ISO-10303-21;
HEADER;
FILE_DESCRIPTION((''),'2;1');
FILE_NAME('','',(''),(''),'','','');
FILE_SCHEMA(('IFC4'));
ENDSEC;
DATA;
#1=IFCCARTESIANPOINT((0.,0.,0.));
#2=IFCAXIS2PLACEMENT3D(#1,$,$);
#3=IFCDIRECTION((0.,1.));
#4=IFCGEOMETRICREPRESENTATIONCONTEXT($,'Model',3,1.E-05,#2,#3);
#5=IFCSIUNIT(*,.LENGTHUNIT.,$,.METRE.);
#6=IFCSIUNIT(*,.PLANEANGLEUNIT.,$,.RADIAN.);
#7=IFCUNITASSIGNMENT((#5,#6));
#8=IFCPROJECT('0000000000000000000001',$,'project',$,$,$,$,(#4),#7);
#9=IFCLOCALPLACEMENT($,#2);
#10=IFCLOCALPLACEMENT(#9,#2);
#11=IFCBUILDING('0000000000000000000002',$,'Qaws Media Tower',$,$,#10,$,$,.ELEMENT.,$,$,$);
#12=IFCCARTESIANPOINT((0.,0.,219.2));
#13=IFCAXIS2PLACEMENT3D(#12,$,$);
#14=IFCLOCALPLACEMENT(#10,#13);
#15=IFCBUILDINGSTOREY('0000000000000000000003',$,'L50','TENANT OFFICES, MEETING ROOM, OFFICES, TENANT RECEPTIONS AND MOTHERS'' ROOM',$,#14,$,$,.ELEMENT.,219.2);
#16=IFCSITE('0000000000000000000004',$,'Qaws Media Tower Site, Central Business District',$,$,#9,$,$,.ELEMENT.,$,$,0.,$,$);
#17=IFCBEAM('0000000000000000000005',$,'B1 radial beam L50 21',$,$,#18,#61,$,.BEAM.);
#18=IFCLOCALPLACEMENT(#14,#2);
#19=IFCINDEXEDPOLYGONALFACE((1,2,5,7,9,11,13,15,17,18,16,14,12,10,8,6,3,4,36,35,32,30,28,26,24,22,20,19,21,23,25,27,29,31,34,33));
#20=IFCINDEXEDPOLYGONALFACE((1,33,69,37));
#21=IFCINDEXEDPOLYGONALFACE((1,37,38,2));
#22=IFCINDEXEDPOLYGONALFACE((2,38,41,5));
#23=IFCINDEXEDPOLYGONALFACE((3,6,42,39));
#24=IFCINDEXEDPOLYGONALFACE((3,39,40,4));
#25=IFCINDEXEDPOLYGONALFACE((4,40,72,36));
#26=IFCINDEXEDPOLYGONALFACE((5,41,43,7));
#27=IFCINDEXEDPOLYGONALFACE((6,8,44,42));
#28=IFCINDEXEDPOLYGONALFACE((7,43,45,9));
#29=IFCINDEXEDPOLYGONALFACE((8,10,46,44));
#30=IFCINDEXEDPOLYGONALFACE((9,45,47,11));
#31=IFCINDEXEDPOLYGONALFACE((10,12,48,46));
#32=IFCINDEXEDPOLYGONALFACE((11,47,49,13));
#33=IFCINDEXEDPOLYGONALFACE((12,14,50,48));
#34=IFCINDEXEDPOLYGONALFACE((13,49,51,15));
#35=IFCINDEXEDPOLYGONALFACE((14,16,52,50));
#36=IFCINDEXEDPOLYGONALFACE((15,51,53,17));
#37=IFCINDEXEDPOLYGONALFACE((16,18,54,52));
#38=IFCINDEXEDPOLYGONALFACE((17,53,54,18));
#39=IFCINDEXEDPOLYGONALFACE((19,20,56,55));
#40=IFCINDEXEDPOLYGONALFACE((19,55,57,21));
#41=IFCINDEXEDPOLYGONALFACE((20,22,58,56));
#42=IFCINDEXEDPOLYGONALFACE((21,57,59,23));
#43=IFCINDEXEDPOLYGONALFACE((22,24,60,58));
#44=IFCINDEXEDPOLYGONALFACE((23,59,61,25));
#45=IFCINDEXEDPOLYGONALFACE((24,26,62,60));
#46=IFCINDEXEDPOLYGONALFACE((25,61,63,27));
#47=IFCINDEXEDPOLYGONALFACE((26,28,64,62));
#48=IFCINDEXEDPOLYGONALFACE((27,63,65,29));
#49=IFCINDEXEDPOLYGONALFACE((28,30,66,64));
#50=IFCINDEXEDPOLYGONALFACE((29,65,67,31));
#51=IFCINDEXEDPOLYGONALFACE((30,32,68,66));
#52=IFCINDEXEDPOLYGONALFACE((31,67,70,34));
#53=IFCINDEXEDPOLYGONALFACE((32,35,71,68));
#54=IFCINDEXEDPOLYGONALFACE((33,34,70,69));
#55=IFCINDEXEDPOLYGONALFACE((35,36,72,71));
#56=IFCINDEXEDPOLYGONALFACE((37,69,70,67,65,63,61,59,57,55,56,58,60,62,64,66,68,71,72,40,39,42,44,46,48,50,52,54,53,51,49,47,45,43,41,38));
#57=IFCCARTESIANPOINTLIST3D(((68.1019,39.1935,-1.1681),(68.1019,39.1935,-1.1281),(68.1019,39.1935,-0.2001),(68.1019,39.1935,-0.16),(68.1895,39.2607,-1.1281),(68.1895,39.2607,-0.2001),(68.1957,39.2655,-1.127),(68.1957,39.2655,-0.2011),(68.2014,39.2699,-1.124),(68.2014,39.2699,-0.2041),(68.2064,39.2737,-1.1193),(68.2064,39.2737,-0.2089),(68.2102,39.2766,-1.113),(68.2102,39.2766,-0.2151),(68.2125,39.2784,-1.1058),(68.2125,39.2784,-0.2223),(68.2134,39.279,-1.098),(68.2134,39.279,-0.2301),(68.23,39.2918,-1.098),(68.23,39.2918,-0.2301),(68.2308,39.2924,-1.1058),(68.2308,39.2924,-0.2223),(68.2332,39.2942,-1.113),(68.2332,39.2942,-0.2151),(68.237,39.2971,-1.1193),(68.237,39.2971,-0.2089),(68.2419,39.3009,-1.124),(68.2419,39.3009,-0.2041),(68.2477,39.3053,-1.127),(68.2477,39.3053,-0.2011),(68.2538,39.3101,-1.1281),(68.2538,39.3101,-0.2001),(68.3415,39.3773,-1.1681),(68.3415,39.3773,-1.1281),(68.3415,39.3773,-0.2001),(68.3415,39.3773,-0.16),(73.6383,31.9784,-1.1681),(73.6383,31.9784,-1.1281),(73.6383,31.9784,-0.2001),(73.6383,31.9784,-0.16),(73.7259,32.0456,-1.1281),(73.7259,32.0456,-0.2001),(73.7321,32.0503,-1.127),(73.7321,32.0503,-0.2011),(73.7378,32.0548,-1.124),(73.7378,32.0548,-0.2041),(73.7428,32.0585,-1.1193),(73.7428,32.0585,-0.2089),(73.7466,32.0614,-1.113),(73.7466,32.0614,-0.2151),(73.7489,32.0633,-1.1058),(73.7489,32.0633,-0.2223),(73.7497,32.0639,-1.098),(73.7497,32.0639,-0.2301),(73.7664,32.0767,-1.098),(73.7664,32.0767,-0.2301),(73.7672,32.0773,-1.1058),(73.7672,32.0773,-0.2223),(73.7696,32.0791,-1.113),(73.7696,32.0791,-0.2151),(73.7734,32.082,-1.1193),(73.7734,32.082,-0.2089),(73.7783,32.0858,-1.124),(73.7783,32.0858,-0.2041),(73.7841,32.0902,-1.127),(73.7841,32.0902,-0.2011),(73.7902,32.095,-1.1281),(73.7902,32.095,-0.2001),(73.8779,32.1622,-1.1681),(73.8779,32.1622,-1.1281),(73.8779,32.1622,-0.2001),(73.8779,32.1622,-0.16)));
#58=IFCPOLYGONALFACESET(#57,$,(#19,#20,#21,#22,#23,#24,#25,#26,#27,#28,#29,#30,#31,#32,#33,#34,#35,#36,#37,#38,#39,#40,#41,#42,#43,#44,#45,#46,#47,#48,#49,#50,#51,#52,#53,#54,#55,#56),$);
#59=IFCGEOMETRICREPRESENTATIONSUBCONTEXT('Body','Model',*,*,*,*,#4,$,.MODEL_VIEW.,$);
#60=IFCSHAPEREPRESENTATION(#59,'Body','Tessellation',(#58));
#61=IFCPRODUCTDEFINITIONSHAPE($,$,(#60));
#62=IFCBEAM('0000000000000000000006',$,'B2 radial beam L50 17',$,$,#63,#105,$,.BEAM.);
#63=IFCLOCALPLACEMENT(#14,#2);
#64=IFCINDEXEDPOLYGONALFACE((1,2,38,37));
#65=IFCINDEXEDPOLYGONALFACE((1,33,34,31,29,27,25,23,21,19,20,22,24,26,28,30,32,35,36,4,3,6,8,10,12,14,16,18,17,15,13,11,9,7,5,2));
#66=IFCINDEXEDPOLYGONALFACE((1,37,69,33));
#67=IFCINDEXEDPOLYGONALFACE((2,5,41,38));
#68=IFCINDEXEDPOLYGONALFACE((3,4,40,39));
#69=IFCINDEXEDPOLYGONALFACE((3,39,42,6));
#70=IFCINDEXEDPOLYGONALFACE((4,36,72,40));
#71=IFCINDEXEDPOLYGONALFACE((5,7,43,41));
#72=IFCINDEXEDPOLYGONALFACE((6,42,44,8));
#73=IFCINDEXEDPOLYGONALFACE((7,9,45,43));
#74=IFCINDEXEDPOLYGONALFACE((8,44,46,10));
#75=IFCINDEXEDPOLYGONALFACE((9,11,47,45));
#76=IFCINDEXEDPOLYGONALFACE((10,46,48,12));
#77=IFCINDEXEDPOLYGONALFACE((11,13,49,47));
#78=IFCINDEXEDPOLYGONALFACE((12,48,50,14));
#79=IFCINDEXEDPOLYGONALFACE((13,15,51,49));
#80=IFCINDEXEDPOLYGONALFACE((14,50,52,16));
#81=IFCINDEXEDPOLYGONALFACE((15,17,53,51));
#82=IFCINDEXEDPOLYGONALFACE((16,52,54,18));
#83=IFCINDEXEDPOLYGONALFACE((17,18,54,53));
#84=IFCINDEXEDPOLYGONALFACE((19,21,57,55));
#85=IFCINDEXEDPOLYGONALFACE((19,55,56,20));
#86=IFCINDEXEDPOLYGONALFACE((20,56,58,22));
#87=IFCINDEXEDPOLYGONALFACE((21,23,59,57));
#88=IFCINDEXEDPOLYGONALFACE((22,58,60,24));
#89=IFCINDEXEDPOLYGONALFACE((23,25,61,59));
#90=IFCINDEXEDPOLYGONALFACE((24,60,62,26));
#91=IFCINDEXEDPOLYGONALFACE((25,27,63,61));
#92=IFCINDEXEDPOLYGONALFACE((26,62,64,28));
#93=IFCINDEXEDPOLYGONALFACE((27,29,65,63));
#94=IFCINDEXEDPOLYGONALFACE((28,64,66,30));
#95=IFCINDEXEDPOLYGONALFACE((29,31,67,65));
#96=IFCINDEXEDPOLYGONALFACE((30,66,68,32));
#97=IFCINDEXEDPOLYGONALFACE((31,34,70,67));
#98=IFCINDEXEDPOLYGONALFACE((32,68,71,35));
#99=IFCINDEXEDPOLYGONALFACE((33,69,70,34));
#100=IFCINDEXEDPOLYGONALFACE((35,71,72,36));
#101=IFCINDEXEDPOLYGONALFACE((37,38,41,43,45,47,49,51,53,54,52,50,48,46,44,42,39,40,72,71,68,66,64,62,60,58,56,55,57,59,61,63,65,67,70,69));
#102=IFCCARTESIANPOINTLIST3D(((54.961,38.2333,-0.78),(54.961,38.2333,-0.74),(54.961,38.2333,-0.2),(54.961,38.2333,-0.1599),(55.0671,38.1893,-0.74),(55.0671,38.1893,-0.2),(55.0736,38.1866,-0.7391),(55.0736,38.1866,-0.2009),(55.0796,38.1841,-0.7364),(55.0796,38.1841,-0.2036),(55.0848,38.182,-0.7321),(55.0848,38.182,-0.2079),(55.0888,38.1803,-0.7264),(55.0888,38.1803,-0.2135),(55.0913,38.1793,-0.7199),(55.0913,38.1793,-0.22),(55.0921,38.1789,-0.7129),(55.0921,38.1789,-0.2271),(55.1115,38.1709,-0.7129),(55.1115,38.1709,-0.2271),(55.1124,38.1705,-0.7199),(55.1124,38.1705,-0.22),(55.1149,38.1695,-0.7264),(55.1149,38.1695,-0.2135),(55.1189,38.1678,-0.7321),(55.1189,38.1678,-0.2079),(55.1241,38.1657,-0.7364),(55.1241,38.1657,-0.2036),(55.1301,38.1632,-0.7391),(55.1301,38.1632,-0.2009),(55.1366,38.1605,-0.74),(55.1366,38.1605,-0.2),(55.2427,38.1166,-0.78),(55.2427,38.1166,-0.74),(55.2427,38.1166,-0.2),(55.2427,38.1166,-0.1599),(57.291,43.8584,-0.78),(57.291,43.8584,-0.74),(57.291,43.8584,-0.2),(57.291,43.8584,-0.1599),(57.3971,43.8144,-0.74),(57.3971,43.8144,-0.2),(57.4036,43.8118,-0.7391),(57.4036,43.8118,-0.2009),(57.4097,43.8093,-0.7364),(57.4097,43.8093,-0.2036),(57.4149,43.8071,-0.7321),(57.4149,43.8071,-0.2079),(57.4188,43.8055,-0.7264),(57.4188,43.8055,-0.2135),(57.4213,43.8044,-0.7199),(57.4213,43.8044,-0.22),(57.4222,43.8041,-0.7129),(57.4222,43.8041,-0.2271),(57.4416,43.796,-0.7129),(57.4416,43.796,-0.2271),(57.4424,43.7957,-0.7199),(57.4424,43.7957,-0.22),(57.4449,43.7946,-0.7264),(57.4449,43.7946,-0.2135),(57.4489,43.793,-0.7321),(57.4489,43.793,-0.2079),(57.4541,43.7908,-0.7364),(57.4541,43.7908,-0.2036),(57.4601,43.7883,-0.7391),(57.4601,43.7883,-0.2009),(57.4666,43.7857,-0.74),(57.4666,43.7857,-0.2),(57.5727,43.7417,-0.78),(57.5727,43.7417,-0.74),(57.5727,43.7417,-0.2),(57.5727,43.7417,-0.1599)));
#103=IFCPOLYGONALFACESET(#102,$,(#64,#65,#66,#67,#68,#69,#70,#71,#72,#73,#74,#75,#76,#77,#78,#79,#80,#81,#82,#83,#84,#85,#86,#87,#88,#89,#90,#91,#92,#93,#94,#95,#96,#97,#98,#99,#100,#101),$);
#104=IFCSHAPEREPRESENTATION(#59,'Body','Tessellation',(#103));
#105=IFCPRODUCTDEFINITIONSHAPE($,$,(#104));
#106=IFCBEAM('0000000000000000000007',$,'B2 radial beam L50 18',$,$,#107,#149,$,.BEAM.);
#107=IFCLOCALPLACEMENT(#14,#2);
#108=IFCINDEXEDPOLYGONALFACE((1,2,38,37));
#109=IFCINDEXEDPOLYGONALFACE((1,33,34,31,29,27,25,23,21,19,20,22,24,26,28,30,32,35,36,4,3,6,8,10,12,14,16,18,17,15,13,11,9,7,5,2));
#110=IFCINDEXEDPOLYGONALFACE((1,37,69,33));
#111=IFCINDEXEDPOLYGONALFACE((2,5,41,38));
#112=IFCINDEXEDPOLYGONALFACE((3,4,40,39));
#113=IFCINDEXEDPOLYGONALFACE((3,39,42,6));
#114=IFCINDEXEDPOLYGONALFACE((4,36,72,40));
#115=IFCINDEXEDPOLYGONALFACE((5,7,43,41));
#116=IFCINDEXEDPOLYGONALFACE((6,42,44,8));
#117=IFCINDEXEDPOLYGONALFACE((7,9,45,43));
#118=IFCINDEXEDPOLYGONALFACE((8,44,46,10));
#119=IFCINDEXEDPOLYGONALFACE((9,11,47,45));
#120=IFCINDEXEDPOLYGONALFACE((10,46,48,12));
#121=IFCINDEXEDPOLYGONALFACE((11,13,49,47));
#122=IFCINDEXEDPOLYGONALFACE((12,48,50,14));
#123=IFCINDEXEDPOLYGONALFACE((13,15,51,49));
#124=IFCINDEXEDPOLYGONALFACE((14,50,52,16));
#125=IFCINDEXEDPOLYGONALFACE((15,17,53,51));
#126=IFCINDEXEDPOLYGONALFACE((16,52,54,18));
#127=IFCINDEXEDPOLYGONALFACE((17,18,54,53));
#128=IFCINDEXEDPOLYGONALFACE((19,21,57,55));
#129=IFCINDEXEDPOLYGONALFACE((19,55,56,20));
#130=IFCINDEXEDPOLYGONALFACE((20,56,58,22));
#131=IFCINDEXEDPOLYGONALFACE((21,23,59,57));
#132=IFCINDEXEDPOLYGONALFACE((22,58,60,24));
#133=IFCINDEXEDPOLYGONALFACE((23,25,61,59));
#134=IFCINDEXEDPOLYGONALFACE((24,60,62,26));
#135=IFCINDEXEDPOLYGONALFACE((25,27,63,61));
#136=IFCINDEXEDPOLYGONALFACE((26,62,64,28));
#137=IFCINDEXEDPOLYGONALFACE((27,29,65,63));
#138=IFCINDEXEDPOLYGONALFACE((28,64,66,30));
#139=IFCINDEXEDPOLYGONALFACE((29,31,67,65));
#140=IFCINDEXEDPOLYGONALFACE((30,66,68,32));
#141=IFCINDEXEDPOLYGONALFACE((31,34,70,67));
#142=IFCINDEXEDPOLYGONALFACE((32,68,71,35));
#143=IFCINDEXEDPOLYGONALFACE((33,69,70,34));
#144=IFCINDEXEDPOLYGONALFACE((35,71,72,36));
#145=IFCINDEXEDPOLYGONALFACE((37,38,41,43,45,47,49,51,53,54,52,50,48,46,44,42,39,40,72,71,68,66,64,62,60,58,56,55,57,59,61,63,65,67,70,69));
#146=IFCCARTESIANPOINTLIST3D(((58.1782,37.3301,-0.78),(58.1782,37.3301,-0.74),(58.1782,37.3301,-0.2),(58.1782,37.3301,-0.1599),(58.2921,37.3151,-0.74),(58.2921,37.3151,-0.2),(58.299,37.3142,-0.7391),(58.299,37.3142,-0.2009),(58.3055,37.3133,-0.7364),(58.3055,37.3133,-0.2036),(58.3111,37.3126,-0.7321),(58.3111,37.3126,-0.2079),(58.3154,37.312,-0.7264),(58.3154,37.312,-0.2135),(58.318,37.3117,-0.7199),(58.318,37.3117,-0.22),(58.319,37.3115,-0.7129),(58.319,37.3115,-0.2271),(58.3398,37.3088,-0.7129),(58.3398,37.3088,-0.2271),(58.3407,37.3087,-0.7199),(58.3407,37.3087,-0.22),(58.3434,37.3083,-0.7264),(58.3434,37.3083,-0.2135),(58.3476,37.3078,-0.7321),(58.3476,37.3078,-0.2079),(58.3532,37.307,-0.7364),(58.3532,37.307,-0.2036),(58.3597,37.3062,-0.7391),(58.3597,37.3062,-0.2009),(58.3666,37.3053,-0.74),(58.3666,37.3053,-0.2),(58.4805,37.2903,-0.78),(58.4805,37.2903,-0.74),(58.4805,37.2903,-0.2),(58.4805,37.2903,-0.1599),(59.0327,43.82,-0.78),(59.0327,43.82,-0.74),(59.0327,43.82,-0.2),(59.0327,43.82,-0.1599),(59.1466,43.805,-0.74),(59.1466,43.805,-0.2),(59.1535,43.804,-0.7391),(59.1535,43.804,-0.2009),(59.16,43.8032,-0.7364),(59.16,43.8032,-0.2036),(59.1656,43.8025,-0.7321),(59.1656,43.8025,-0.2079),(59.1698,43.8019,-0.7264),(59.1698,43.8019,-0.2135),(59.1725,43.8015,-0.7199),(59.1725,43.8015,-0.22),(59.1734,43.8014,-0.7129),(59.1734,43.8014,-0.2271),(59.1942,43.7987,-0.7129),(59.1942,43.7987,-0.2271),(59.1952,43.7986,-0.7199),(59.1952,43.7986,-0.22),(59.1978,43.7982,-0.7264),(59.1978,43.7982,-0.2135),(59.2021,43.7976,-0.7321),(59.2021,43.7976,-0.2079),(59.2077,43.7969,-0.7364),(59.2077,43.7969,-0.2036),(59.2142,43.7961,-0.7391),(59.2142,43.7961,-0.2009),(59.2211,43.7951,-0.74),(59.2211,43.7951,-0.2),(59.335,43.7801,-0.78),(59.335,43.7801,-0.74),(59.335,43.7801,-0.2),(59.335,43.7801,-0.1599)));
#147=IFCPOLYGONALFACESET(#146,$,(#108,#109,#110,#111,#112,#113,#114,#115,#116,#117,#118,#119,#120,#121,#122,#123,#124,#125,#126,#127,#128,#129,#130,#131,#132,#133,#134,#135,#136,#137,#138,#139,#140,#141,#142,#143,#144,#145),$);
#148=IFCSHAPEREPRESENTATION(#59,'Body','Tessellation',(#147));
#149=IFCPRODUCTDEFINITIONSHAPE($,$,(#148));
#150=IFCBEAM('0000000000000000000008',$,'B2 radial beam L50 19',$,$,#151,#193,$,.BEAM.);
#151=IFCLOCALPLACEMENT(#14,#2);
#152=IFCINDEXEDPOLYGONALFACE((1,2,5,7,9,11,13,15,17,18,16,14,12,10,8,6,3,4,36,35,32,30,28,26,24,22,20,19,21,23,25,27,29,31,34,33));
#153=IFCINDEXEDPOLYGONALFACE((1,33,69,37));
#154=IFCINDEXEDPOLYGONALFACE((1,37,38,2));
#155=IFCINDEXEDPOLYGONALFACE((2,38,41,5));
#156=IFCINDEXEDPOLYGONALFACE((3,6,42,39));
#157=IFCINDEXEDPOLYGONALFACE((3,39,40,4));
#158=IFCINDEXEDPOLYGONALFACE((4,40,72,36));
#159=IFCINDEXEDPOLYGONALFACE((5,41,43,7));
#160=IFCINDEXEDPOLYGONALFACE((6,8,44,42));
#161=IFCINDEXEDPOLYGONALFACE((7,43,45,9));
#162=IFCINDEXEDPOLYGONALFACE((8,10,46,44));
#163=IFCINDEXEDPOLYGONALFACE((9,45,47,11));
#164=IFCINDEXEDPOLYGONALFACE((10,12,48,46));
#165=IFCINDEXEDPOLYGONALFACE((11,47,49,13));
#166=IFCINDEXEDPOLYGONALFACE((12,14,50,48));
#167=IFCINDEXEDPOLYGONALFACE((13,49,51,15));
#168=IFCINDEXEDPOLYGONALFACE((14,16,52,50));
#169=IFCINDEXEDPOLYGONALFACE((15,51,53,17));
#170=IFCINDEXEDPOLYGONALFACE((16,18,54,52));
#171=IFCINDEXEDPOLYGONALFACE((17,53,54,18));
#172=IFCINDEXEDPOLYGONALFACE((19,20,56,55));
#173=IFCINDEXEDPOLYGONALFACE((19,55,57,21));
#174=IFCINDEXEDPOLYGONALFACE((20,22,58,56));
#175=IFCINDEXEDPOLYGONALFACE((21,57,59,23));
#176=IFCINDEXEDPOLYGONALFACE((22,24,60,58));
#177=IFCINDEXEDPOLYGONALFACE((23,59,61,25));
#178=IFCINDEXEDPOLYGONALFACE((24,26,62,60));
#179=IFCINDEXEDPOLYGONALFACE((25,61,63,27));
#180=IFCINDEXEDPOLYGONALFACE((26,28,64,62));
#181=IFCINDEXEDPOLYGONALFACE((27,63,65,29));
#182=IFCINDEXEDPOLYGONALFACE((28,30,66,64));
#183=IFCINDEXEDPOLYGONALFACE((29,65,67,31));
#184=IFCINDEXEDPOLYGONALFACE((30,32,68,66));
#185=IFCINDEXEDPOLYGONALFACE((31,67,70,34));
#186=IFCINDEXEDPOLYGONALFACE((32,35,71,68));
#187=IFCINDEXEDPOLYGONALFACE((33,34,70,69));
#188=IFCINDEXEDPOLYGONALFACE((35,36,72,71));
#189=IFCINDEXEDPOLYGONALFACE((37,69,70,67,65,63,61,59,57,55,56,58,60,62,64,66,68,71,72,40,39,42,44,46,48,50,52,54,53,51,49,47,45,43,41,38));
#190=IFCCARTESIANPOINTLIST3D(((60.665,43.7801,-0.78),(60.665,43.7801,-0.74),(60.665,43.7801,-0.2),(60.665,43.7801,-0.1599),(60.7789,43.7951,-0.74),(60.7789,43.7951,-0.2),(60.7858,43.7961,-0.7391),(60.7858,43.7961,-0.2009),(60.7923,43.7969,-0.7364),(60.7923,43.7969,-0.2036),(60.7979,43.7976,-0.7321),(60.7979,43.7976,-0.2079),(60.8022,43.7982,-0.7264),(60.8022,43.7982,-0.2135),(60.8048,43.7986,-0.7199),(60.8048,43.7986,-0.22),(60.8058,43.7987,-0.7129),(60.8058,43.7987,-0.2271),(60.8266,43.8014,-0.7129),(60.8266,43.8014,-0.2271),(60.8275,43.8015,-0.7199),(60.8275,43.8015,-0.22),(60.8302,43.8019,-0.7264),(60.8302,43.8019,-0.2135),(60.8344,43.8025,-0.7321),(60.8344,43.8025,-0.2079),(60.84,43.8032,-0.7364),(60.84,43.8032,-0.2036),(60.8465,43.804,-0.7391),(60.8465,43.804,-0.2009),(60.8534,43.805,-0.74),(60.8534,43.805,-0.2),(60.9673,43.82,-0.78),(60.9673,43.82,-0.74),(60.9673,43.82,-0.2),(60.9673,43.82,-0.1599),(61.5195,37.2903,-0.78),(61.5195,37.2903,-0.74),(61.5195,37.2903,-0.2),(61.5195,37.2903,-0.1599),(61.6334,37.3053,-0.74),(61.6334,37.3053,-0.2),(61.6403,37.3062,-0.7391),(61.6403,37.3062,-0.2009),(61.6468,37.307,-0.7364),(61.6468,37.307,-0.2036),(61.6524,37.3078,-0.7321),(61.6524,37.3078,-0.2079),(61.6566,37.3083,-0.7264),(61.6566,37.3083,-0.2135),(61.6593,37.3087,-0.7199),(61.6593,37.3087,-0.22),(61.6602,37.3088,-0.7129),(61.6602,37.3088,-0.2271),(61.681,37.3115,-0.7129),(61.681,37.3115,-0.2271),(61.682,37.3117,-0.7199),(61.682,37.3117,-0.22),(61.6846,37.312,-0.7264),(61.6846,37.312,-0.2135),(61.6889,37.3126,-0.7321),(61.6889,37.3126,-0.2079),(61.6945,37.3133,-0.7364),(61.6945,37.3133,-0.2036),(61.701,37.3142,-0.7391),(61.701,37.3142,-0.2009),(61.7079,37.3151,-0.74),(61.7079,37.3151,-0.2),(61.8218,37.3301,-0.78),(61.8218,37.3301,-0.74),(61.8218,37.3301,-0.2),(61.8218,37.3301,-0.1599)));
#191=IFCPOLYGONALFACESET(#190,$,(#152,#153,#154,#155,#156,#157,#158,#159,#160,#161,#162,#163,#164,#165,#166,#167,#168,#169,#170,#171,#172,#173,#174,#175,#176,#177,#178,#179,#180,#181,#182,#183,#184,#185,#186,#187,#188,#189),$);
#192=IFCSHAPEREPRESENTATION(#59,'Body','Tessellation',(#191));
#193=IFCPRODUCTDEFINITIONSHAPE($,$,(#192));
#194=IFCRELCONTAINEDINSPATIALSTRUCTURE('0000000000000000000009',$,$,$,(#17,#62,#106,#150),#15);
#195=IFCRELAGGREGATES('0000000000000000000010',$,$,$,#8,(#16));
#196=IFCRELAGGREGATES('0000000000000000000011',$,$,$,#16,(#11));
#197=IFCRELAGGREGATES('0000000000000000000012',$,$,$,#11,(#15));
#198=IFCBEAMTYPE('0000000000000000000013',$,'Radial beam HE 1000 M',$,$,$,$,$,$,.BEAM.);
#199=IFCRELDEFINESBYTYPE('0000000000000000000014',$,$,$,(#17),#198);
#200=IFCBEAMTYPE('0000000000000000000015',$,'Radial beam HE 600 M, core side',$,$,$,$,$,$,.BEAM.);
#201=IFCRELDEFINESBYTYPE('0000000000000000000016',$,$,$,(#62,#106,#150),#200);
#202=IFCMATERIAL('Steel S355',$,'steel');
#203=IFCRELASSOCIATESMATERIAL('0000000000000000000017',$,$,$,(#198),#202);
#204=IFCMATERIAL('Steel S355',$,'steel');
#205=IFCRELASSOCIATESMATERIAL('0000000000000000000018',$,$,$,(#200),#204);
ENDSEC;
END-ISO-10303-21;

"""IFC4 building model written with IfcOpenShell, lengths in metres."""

from ifc_helpers import new_model, si_unit, direction, frame, origin, origin_2d, place, context, subcontext, project, spatial, i_section, extrude, material, material_profile, profile_set, type_object, element, save


model = new_model("IFC4")

# Units and contexts
model_context = context("Model", 3, precision=1e-05, world=origin(), true_north=direction((0.0, 1.0)))
body_context = subcontext(model_context, "Body", "Model", "MODEL_VIEW")
ifc_project = project(units=[si_unit("LENGTHUNIT", "METRE"), si_unit("PLANEANGLEUNIT", "RADIAN")], contexts=[model_context])

# Site, building, storey
site_placement = place(None, origin())
site = spatial("IfcSite", under=ifc_project, at=site_placement, Name="Qaws Media Tower Site, Central Business District", CompositionType="ELEMENT", RefElevation=0.0)
building_placement = place(site_placement, origin())
building = spatial("IfcBuilding", under=site, at=building_placement, Name="Qaws Media Tower", CompositionType="ELEMENT")
storey_placement = place(building_placement, frame((0.0, 0.0, 219.2)))
storey = spatial("IfcBuildingStorey", under=building, at=storey_placement, Name="L50", Description="TENANT OFFICES, MEETING ROOM, OFFICES, TENANT RECEPTIONS AND MOTHERS' ROOM", CompositionType="ELEMENT", Elevation=219.2)

# Beams
ifc_material_1 = material(Name="Steel S355", Category="steel")
ifc_material_profile_1 = material_profile(ifc_material_1, i_section(OverallWidth=0.302, OverallDepth=1.0081, WebThickness=0.021, FlangeThickness=0.04, FilletRadius=0.03, at=origin_2d()), Name="HE 1000 M")
ifc_profile_set_1 = profile_set([ifc_material_profile_1], Name="Steel S355")
beam_type_1 = type_object("IfcBeamType", Name="Radial beam HE 1000 M", PredefinedType="BEAM", material=ifc_profile_set_1)
beam_1_placement = place(storey_placement, frame((68.2217, 39.2854, -0.6641), z_axis=(0.608765, -0.793351, 0.0), x_axis=(0.793351, 0.608765, 0.0)))
element("IfcBeam", 1, at=beam_1_placement, inside=storey, type_object=beam_type_1, Name="B1 radial beam L50 21", PredefinedType="BEAM", context=body_context, shape_type="SweptSolid", body=[
    extrude(i_section(OverallWidth=0.302, OverallDepth=1.0081, WebThickness=0.021, FlangeThickness=0.04, FilletRadius=0.03, at=origin_2d()), origin(), (0.0, 0.0, 1.0), 9.0945),
])
ifc_material_2 = material(Name="Steel S355", Category="steel")
ifc_material_profile_2 = material_profile(ifc_material_2, i_section(OverallWidth=0.3049, OverallDepth=0.6201, WebThickness=0.021, FlangeThickness=0.04, FilletRadius=0.0271, at=origin_2d()), Name="HE 600 M")
ifc_profile_set_2 = profile_set([ifc_material_profile_2], Name="Steel S355")
beam_type_2 = type_object("IfcBeamType", Name="Radial beam HE 600 M, core side", PredefinedType="BEAM", material=ifc_profile_set_2)
beam_2_placement = place(storey_placement, frame((57.4319, 43.8, -0.47), z_axis=(-0.382687, -0.923878, 0.0), x_axis=(0.923878, -0.382687, 0.0)))
element("IfcBeam", 2, at=beam_2_placement, inside=storey, type_object=beam_type_2, Name="B2 radial beam L50 17", PredefinedType="BEAM", context=body_context, shape_type="SweptSolid", body=[
    extrude(i_section(OverallWidth=0.3049, OverallDepth=0.6201, WebThickness=0.021, FlangeThickness=0.04, FilletRadius=0.0271, at=origin_2d()), origin(), (0.0, 0.0, 1.0), 6.0886),
])
for number, where, z_axis, x_axis, name in (
    (3, (59.1838, 43.8, -0.47), (-0.130537, -0.991444, 0.0), (0.991444, -0.130537, 0.0), "B2 radial beam L50 18"),
    (4, (60.8162, 43.8, -0.47), (0.130537, -0.991444, 0.0), (0.991444, 0.130537, 0.0), "B2 radial beam L50 19"),
):
    element("IfcBeam", number, at=place(storey_placement, frame(where, z_axis=z_axis, x_axis=x_axis)), inside=storey, type_object=beam_type_2, Name=name, PredefinedType="BEAM", context=body_context, shape_type="SweptSolid", body=[
        extrude(i_section(OverallWidth=0.3049, OverallDepth=0.6201, WebThickness=0.021, FlangeThickness=0.04, FilletRadius=0.0271, at=origin_2d()), origin(), (0.0, 0.0, 1.0), 6.5459),
    ])

save(model, "model.ifc")
